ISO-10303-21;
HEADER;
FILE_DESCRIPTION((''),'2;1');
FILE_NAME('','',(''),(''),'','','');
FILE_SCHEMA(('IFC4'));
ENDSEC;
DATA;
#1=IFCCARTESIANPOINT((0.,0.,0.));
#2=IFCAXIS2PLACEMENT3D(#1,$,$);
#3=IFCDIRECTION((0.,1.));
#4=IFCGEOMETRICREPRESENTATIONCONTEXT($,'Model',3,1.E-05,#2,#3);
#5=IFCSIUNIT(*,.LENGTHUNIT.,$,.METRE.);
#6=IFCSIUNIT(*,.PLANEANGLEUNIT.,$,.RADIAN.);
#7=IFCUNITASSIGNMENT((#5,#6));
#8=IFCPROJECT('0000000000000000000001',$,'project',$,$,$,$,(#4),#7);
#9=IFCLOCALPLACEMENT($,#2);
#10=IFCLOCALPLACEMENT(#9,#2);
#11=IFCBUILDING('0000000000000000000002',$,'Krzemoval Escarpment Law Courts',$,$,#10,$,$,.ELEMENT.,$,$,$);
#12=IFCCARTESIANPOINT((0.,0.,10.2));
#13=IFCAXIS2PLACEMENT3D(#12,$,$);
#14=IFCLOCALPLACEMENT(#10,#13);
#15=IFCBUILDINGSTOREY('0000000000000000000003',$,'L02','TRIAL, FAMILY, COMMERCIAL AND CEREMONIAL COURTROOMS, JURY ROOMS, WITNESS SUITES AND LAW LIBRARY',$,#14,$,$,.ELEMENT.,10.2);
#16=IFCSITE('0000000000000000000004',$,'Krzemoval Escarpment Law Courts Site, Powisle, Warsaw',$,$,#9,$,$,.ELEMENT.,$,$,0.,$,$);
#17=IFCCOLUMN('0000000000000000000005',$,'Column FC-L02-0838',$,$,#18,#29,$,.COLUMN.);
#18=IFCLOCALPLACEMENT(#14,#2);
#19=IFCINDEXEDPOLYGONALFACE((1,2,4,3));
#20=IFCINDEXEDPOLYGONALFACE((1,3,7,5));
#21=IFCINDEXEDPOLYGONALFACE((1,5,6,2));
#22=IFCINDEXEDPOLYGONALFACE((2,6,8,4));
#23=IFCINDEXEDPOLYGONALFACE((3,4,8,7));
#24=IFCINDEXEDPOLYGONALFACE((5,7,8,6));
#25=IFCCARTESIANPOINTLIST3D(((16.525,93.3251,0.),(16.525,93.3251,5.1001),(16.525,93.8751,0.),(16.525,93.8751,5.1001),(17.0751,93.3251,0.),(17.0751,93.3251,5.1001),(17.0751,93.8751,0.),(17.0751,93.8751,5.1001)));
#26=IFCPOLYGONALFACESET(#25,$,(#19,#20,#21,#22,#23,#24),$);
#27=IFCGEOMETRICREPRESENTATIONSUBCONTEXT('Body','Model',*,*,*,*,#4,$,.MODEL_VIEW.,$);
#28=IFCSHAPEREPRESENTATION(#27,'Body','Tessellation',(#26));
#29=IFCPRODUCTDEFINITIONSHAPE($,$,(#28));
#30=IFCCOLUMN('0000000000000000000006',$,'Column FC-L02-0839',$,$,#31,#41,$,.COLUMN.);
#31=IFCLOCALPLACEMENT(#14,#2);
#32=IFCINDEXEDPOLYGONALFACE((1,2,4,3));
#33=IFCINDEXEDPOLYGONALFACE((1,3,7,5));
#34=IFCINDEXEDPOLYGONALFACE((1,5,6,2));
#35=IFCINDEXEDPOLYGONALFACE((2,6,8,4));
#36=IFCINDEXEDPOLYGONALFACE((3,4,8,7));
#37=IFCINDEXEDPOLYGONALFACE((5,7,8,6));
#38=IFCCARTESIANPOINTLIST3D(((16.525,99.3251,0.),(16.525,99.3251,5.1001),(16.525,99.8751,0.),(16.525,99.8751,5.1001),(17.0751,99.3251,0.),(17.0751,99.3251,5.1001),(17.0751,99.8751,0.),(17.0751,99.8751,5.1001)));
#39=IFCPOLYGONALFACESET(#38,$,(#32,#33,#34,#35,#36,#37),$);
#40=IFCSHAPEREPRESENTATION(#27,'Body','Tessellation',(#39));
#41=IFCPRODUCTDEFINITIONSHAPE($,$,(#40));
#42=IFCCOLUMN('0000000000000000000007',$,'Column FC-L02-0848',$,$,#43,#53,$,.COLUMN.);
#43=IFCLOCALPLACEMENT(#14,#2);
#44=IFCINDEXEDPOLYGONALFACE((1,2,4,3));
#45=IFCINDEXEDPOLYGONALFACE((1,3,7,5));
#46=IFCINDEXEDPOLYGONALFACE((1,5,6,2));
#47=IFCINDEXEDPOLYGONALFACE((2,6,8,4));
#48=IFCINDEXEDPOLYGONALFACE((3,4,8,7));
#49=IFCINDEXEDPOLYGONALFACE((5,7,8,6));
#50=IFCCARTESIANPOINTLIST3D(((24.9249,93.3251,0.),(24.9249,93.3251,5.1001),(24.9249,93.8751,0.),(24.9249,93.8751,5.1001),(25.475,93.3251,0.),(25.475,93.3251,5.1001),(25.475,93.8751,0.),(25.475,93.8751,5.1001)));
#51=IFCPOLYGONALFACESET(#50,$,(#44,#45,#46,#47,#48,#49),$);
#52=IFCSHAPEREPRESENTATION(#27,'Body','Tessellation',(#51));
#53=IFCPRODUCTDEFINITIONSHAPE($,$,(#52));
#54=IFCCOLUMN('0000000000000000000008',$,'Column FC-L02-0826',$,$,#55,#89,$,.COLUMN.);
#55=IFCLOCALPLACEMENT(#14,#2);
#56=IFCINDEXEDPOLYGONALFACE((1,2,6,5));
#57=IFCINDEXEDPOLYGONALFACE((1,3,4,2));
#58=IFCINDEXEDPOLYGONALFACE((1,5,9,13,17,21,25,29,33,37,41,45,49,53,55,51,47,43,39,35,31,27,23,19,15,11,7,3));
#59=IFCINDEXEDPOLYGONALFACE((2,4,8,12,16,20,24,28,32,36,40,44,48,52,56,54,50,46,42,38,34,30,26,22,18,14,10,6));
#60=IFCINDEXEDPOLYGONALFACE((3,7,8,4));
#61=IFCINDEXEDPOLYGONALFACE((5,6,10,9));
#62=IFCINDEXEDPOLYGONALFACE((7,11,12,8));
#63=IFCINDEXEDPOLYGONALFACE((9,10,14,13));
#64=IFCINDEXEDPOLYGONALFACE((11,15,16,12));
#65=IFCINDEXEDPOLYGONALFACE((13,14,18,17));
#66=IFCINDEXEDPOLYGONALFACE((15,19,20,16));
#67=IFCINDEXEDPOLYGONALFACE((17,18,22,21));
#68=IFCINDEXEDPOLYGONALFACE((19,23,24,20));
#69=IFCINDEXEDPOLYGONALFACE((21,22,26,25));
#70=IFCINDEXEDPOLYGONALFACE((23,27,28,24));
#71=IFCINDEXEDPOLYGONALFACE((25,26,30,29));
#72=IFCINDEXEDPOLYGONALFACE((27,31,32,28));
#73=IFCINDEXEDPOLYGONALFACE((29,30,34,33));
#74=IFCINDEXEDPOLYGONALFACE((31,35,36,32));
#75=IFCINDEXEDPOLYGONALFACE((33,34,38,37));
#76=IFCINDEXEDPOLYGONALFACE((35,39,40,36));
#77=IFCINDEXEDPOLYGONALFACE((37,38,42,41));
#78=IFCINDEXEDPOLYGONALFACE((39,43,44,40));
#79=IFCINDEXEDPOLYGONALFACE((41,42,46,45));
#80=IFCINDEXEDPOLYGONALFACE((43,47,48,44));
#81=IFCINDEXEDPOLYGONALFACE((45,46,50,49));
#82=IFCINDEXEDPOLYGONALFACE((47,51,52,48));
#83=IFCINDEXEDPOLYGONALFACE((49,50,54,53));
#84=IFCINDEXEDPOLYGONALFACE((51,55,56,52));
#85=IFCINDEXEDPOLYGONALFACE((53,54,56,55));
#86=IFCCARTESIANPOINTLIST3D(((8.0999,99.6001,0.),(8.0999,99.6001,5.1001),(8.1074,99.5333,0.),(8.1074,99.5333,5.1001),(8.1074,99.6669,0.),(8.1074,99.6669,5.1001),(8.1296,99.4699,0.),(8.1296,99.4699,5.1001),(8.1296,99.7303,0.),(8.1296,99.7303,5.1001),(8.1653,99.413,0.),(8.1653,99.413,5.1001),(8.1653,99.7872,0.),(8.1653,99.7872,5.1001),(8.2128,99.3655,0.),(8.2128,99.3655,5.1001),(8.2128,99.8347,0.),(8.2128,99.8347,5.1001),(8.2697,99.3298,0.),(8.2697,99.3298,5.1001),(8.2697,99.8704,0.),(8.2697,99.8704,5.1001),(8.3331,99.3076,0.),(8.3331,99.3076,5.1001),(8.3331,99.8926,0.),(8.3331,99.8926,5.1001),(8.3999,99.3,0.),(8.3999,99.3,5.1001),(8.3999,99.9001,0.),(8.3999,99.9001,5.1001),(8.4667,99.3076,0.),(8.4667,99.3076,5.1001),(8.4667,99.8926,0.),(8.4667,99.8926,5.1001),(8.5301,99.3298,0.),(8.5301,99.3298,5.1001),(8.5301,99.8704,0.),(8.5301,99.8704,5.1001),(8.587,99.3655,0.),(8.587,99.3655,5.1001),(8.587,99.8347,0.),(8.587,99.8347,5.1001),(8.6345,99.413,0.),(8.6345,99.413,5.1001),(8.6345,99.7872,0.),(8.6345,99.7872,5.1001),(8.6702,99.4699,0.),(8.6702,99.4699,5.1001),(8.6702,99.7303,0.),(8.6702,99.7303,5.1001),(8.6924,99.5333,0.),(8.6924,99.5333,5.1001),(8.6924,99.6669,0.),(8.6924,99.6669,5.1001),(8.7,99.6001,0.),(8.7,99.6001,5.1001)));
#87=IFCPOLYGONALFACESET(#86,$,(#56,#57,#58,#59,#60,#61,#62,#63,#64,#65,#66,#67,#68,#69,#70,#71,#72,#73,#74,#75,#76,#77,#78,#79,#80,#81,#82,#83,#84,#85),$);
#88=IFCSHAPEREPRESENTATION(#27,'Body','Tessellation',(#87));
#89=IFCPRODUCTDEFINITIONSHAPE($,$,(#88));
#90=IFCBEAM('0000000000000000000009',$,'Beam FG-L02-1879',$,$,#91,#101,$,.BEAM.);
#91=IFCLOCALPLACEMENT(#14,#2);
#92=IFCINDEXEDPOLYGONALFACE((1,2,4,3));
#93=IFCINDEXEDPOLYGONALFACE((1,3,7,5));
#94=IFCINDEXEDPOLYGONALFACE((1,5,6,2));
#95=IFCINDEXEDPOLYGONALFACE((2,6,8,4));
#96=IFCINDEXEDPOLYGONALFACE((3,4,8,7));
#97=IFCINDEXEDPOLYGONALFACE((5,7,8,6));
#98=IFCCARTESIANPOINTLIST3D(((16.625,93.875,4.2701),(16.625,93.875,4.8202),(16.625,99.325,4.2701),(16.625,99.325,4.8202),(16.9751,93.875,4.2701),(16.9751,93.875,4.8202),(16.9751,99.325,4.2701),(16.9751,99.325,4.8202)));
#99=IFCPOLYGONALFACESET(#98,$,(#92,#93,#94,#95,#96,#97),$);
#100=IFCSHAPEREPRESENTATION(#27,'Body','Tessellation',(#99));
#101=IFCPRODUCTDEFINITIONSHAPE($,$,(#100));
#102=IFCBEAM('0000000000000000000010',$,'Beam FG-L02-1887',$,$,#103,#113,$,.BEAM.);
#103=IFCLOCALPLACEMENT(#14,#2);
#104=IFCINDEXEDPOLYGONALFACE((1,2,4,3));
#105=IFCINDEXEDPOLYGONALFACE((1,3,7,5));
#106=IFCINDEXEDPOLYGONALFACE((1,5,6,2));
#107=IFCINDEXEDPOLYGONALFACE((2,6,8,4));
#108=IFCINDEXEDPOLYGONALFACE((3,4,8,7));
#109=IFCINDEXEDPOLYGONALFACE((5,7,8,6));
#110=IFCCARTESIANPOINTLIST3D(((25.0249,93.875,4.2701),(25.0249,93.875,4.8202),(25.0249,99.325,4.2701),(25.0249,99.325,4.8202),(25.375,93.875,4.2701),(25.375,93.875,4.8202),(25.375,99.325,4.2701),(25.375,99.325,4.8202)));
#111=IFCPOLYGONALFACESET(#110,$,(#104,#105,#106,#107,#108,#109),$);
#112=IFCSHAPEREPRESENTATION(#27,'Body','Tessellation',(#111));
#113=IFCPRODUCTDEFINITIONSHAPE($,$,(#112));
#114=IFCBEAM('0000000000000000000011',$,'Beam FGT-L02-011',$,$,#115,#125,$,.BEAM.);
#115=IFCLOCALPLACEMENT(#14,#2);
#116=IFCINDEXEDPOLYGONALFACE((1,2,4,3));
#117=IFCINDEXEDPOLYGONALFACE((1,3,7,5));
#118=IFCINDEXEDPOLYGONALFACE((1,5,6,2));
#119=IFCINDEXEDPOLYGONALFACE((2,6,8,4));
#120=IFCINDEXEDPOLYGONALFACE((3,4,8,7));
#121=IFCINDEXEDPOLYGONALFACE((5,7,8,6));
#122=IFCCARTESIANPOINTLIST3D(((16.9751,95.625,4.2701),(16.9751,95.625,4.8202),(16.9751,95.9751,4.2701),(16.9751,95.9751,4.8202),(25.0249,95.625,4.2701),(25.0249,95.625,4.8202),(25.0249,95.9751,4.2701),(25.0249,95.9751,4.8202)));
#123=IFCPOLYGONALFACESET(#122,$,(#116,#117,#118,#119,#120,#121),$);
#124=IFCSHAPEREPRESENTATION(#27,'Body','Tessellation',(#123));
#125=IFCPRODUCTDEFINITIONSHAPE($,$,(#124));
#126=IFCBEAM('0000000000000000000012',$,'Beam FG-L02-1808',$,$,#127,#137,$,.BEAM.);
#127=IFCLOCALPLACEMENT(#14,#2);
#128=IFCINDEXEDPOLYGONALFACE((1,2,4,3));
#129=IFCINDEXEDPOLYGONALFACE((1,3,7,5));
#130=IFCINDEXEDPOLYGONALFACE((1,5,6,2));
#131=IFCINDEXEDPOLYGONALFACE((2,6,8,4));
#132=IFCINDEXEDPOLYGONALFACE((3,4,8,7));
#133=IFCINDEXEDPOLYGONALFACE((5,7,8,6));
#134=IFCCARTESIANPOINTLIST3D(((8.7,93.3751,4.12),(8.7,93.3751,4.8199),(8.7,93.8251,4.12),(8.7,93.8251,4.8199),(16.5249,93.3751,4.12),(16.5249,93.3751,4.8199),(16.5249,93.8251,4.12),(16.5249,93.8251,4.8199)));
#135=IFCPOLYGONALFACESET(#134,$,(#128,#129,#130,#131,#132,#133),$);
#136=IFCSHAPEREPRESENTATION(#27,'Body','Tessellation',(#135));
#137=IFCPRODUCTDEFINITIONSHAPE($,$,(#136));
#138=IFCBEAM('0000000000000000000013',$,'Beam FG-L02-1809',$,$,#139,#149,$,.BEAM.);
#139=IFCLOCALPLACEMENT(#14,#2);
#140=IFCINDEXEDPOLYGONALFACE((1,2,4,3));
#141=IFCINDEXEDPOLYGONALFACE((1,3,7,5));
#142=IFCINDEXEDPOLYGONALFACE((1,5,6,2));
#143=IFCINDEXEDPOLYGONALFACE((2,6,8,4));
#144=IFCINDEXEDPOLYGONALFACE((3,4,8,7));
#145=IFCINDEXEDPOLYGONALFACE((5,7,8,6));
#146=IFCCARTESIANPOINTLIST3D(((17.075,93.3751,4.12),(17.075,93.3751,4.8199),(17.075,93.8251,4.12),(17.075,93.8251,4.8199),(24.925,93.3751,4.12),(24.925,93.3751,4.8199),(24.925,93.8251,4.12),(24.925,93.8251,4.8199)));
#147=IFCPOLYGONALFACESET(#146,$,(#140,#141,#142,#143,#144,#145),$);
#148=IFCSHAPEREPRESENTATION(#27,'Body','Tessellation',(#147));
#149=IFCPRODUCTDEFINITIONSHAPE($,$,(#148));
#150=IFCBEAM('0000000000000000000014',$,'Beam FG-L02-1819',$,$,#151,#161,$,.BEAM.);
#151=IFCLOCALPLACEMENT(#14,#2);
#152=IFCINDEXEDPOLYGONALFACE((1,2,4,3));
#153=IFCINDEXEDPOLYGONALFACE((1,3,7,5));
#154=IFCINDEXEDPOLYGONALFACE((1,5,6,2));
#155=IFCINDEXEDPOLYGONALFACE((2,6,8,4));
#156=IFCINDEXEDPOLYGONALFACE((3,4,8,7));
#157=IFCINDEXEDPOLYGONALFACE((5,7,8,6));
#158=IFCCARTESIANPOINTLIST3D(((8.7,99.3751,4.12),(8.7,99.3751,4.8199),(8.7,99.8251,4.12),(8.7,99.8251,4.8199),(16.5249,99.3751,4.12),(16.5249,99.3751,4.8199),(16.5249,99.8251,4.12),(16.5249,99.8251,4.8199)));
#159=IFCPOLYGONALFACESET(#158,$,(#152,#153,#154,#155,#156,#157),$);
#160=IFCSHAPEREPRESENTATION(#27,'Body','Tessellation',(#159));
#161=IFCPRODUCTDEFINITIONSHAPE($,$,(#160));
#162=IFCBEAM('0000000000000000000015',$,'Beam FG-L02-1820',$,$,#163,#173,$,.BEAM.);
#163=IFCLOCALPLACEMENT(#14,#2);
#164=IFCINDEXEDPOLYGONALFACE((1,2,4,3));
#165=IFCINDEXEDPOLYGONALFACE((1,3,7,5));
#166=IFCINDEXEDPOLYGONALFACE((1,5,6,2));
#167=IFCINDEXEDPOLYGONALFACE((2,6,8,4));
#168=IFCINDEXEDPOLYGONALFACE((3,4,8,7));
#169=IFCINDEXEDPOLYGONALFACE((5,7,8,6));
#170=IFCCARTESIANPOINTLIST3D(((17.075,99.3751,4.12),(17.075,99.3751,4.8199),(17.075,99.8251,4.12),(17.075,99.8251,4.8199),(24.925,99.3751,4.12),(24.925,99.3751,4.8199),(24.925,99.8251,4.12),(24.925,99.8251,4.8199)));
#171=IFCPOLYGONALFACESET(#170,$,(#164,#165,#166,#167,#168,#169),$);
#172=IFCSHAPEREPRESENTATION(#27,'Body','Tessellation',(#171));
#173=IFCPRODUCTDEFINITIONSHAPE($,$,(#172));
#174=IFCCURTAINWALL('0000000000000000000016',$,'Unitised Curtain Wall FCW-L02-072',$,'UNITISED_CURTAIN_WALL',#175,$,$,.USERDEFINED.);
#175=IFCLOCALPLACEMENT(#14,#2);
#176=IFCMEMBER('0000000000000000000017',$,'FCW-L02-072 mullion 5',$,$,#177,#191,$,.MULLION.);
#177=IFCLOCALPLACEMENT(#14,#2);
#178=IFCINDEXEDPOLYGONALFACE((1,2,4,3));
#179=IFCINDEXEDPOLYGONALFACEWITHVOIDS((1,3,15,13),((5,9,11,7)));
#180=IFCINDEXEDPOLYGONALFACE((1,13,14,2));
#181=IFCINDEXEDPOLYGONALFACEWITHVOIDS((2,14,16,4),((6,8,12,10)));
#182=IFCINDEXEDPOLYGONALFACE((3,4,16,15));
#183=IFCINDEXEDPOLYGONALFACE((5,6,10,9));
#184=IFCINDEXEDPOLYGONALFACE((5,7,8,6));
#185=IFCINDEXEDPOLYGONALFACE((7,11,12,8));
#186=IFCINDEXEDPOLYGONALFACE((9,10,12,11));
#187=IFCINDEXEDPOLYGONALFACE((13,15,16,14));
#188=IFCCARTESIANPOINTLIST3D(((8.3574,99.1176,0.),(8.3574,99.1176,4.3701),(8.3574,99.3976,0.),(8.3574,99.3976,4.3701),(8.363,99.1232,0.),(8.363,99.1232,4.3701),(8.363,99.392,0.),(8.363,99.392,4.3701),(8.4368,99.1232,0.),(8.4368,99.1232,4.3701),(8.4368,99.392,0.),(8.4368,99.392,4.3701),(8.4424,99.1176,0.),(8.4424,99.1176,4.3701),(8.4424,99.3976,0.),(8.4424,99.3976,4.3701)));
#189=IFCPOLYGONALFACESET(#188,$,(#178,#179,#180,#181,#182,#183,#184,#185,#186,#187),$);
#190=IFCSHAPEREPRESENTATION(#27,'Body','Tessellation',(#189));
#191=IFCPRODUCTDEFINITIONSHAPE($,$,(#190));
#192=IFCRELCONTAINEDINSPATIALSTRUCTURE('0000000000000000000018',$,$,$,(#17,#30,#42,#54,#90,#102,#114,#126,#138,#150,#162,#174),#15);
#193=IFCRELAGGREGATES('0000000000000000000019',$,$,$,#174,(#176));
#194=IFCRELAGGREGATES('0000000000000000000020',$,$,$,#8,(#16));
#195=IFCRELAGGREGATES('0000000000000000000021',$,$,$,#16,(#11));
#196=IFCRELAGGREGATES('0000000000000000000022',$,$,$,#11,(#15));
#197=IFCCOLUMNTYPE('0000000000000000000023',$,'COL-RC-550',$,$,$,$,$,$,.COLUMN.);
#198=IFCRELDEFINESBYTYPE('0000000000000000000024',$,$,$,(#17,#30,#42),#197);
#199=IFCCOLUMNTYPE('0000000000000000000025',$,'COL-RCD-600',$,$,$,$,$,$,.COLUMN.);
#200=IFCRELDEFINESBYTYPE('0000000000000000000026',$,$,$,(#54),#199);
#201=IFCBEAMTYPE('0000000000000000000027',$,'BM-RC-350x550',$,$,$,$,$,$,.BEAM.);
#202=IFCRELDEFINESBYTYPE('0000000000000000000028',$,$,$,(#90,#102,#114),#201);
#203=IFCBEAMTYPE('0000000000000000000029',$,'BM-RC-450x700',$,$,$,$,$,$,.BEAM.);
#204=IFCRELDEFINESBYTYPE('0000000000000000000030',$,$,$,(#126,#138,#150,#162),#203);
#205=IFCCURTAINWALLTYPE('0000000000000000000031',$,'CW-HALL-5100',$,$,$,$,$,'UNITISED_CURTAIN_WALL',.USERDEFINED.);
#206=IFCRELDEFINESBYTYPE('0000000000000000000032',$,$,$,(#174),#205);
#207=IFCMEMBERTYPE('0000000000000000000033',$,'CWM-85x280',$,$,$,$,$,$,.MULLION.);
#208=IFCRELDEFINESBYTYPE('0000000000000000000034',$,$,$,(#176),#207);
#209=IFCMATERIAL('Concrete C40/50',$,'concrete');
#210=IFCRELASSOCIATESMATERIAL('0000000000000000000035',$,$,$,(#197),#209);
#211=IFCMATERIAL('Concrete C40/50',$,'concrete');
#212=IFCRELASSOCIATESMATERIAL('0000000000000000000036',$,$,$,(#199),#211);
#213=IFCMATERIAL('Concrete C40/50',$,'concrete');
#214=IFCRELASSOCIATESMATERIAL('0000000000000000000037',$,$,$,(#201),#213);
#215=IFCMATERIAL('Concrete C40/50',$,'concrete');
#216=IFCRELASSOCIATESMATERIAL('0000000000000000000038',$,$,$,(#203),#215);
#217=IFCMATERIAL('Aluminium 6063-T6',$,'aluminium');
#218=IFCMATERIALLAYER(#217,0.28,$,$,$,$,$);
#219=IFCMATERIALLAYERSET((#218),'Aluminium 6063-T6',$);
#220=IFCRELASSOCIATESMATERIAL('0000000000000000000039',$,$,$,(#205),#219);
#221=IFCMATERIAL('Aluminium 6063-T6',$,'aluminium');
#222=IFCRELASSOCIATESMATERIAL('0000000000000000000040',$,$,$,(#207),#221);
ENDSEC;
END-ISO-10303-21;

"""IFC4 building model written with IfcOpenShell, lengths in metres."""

from ifc_helpers import new_model, si_unit, direction, frame, origin, origin_2d, place, context, subcontext, project, spatial, rectangle, hollow_rectangle, circle, extrude, material, layer, layer_set, material_profile, profile_set, type_object, element, aggregate, save


model = new_model("IFC4")

# Units and contexts
model_context = context("Model", 3, precision=1e-05, world=origin(), true_north=direction((0.0, 1.0)))
body_context = subcontext(model_context, "Body", "Model", "MODEL_VIEW")
ifc_project = project(units=[si_unit("LENGTHUNIT", "METRE"), si_unit("PLANEANGLEUNIT", "RADIAN")], contexts=[model_context])

# Site, building, storey
site_placement = place(None, origin())
site = spatial("IfcSite", under=ifc_project, at=site_placement, Name="Krzemoval Escarpment Law Courts Site, Powisle, Warsaw", CompositionType="ELEMENT", RefElevation=0.0)
building_placement = place(site_placement, origin())
building = spatial("IfcBuilding", under=site, at=building_placement, Name="Krzemoval Escarpment Law Courts", CompositionType="ELEMENT")
storey_placement = place(building_placement, frame((0.0, 0.0, 10.2)))
storey = spatial("IfcBuildingStorey", under=building, at=storey_placement, Name="L02", Description="TRIAL, FAMILY, COMMERCIAL AND CEREMONIAL COURTROOMS, JURY ROOMS, WITNESS SUITES AND LAW LIBRARY", CompositionType="ELEMENT", Elevation=10.2)

# Columns
ifc_material_1 = material(Name="Concrete C40/50", Category="concrete")
ifc_material_profile_1 = material_profile(ifc_material_1, rectangle(XDim=0.55, YDim=0.55, at=origin_2d()), Name="RC 550x550")
ifc_profile_set_1 = profile_set([ifc_material_profile_1], Name="Concrete C40/50")
column_type_1 = type_object("IfcColumnType", Name="COL-RC-550", PredefinedType="COLUMN", material=ifc_profile_set_1)
for number, where, z_axis, x_axis, name in (
    (1, (16.8, 93.6001, 0.0), (0.0, 0.0, 1.0), (1.0, 0.0, 0.0), "Column FC-L02-0838"),
    (2, (16.8, 99.6001, 0.0), (0.0, 0.0, 1.0), (1.0, 0.0, 0.0), "Column FC-L02-0839"),
    (3, (25.2, 93.6001, 0.0), (0.0, 0.0, 1.0), (1.0, 0.0, 0.0), "Column FC-L02-0848"),
):
    element("IfcColumn", number, at=place(storey_placement, frame(where, z_axis=z_axis, x_axis=x_axis)), inside=storey, type_object=column_type_1, Name=name, PredefinedType="COLUMN", context=body_context, shape_type="SweptSolid", body=[
        extrude(rectangle(XDim=0.55, YDim=0.55, at=origin_2d()), origin(), (0.0, 0.0, 1.0), 5.1001),
    ])
ifc_material_2 = material(Name="Concrete C40/50", Category="concrete")
ifc_material_profile_2 = material_profile(ifc_material_2, circle(Radius=0.3, at=origin_2d()), Name="RC D600")
ifc_profile_set_2 = profile_set([ifc_material_profile_2], Name="Concrete C40/50")
column_type_2 = type_object("IfcColumnType", Name="COL-RCD-600", PredefinedType="COLUMN", material=ifc_profile_set_2)
column_placement = place(storey_placement, frame((8.3999, 99.6001, 0.0), z_axis=(0.0, 0.0, 1.0), x_axis=(1.0, 0.0, 0.0)))
element("IfcColumn", 4, at=column_placement, inside=storey, type_object=column_type_2, Name="Column FC-L02-0826", PredefinedType="COLUMN", context=body_context, shape_type="SweptSolid", body=[
    extrude(circle(Radius=0.3, at=origin_2d()), origin(), (0.0, 0.0, 1.0), 5.1001),
])

# Beams
ifc_material_3 = material(Name="Concrete C40/50", Category="concrete")
ifc_material_profile_3 = material_profile(ifc_material_3, rectangle(XDim=0.3501, YDim=0.55, at=origin_2d()), Name="RCB 350x550")
ifc_profile_set_3 = profile_set([ifc_material_profile_3], Name="Concrete C40/50")
beam_type_1 = type_object("IfcBeamType", Name="BM-RC-350x550", PredefinedType="BEAM", material=ifc_profile_set_3)
for number, where, z_axis, x_axis, name in (
    (5, (16.8, 93.875, 4.5452), (0.0, 1.0, 0.0), (-1.0, 0.0, 0.0), "Beam FG-L02-1879"),
    (6, (25.2, 93.875, 4.5452), (0.0, 1.0, 0.0), (-1.0, 0.0, 0.0), "Beam FG-L02-1887"),
):
    element("IfcBeam", number, at=place(storey_placement, frame(where, z_axis=z_axis, x_axis=x_axis)), inside=storey, type_object=beam_type_1, Name=name, PredefinedType="BEAM", context=body_context, shape_type="SweptSolid", body=[
        extrude(rectangle(XDim=0.3501, YDim=0.55, at=origin_2d()), origin(), (0.0, 0.0, 1.0), 5.45),
    ])
beam_1_placement = place(storey_placement, frame((16.9751, 95.8, 4.5452), z_axis=(1.0, 0.0, 0.0), x_axis=(0.0, 1.0, 0.0)))
element("IfcBeam", 7, at=beam_1_placement, inside=storey, type_object=beam_type_1, Name="Beam FGT-L02-011", PredefinedType="BEAM", context=body_context, shape_type="SweptSolid", body=[
    extrude(rectangle(XDim=0.3501, YDim=0.55, at=origin_2d()), origin(), (0.0, 0.0, 1.0), 8.0498),
])
ifc_material_4 = material(Name="Concrete C40/50", Category="concrete")
ifc_material_profile_4 = material_profile(ifc_material_4, rectangle(XDim=0.45, YDim=0.7, at=origin_2d()), Name="RCB 450x700")
ifc_profile_set_4 = profile_set([ifc_material_profile_4], Name="Concrete C40/50")
beam_type_2 = type_object("IfcBeamType", Name="BM-RC-450x700", PredefinedType="BEAM", material=ifc_profile_set_4)
beam_2_placement = place(storey_placement, frame((8.7, 93.6001, 4.47), z_axis=(1.0, 0.0, 0.0), x_axis=(0.0, 1.0, 0.0)))
element("IfcBeam", 8, at=beam_2_placement, inside=storey, type_object=beam_type_2, Name="Beam FG-L02-1808", PredefinedType="BEAM", context=body_context, shape_type="SweptSolid", body=[
    extrude(rectangle(XDim=0.45, YDim=0.7, at=origin_2d()), origin(), (0.0, 0.0, 1.0), 7.825),
])
beam_3_placement = place(storey_placement, frame((17.075, 93.6001, 4.47), z_axis=(1.0, 0.0, 0.0), x_axis=(0.0, 1.0, 0.0)))
element("IfcBeam", 9, at=beam_3_placement, inside=storey, type_object=beam_type_2, Name="Beam FG-L02-1809", PredefinedType="BEAM", context=body_context, shape_type="SweptSolid", body=[
    extrude(rectangle(XDim=0.45, YDim=0.7, at=origin_2d()), origin(), (0.0, 0.0, 1.0), 7.8501),
])
beam_4_placement = place(storey_placement, frame((8.7, 99.6001, 4.47), z_axis=(1.0, 0.0, 0.0), x_axis=(0.0, 1.0, 0.0)))
element("IfcBeam", 10, at=beam_4_placement, inside=storey, type_object=beam_type_2, Name="Beam FG-L02-1819", PredefinedType="BEAM", context=body_context, shape_type="SweptSolid", body=[
    extrude(rectangle(XDim=0.45, YDim=0.7, at=origin_2d()), origin(), (0.0, 0.0, 1.0), 7.825),
])
beam_5_placement = place(storey_placement, frame((17.075, 99.6001, 4.47), z_axis=(1.0, 0.0, 0.0), x_axis=(0.0, 1.0, 0.0)))
element("IfcBeam", 11, at=beam_5_placement, inside=storey, type_object=beam_type_2, Name="Beam FG-L02-1820", PredefinedType="BEAM", context=body_context, shape_type="SweptSolid", body=[
    extrude(rectangle(XDim=0.45, YDim=0.7, at=origin_2d()), origin(), (0.0, 0.0, 1.0), 7.8501),
])

# Curtain wall, member
ifc_material_5 = material(Name="Aluminium 6063-T6", Category="aluminium")
ifc_layer_1 = layer(ifc_material_5, 0.28)
ifc_layer_set_1 = layer_set([ifc_layer_1], Name="Aluminium 6063-T6")
curtain_wall_type = type_object("IfcCurtainWallType", Name="CW-HALL-5100", ElementType="UNITISED_CURTAIN_WALL", PredefinedType="USERDEFINED", material=ifc_layer_set_1)
curtain_wall_placement = place(storey_placement, origin())
curtain_wall = element("IfcCurtainWall", 12, at=curtain_wall_placement, inside=storey, type_object=curtain_wall_type, Name="Unitised Curtain Wall FCW-L02-072", ObjectType="UNITISED_CURTAIN_WALL", PredefinedType="USERDEFINED")
ifc_material_6 = material(Name="Aluminium 6063-T6", Category="aluminium")
ifc_material_profile_5 = material_profile(ifc_material_6, hollow_rectangle(XDim=0.085, YDim=0.28, WallThickness=0.0056, at=origin_2d()), Name="ALU M85x280")
ifc_profile_set_5 = profile_set([ifc_material_profile_5], Name="Aluminium 6063-T6")
member_type = type_object("IfcMemberType", Name="CWM-85x280", PredefinedType="MULLION", material=ifc_profile_set_5)
member_placement = place(storey_placement, frame((8.3999, 99.2576, 0.0), z_axis=(0.0, 0.0, 1.0), x_axis=(-1.0, 0.0, 0.0)))
member = element("IfcMember", 13, at=member_placement, type_object=member_type, Name="FCW-L02-072 mullion 5", PredefinedType="MULLION", context=body_context, shape_type="SweptSolid", body=[
    extrude(hollow_rectangle(XDim=0.085, YDim=0.28, WallThickness=0.0056, at=origin_2d()), origin(), (0.0, 0.0, 1.0), 4.3701),
])
aggregate(curtain_wall, [member])

save(model, "model.ifc")
